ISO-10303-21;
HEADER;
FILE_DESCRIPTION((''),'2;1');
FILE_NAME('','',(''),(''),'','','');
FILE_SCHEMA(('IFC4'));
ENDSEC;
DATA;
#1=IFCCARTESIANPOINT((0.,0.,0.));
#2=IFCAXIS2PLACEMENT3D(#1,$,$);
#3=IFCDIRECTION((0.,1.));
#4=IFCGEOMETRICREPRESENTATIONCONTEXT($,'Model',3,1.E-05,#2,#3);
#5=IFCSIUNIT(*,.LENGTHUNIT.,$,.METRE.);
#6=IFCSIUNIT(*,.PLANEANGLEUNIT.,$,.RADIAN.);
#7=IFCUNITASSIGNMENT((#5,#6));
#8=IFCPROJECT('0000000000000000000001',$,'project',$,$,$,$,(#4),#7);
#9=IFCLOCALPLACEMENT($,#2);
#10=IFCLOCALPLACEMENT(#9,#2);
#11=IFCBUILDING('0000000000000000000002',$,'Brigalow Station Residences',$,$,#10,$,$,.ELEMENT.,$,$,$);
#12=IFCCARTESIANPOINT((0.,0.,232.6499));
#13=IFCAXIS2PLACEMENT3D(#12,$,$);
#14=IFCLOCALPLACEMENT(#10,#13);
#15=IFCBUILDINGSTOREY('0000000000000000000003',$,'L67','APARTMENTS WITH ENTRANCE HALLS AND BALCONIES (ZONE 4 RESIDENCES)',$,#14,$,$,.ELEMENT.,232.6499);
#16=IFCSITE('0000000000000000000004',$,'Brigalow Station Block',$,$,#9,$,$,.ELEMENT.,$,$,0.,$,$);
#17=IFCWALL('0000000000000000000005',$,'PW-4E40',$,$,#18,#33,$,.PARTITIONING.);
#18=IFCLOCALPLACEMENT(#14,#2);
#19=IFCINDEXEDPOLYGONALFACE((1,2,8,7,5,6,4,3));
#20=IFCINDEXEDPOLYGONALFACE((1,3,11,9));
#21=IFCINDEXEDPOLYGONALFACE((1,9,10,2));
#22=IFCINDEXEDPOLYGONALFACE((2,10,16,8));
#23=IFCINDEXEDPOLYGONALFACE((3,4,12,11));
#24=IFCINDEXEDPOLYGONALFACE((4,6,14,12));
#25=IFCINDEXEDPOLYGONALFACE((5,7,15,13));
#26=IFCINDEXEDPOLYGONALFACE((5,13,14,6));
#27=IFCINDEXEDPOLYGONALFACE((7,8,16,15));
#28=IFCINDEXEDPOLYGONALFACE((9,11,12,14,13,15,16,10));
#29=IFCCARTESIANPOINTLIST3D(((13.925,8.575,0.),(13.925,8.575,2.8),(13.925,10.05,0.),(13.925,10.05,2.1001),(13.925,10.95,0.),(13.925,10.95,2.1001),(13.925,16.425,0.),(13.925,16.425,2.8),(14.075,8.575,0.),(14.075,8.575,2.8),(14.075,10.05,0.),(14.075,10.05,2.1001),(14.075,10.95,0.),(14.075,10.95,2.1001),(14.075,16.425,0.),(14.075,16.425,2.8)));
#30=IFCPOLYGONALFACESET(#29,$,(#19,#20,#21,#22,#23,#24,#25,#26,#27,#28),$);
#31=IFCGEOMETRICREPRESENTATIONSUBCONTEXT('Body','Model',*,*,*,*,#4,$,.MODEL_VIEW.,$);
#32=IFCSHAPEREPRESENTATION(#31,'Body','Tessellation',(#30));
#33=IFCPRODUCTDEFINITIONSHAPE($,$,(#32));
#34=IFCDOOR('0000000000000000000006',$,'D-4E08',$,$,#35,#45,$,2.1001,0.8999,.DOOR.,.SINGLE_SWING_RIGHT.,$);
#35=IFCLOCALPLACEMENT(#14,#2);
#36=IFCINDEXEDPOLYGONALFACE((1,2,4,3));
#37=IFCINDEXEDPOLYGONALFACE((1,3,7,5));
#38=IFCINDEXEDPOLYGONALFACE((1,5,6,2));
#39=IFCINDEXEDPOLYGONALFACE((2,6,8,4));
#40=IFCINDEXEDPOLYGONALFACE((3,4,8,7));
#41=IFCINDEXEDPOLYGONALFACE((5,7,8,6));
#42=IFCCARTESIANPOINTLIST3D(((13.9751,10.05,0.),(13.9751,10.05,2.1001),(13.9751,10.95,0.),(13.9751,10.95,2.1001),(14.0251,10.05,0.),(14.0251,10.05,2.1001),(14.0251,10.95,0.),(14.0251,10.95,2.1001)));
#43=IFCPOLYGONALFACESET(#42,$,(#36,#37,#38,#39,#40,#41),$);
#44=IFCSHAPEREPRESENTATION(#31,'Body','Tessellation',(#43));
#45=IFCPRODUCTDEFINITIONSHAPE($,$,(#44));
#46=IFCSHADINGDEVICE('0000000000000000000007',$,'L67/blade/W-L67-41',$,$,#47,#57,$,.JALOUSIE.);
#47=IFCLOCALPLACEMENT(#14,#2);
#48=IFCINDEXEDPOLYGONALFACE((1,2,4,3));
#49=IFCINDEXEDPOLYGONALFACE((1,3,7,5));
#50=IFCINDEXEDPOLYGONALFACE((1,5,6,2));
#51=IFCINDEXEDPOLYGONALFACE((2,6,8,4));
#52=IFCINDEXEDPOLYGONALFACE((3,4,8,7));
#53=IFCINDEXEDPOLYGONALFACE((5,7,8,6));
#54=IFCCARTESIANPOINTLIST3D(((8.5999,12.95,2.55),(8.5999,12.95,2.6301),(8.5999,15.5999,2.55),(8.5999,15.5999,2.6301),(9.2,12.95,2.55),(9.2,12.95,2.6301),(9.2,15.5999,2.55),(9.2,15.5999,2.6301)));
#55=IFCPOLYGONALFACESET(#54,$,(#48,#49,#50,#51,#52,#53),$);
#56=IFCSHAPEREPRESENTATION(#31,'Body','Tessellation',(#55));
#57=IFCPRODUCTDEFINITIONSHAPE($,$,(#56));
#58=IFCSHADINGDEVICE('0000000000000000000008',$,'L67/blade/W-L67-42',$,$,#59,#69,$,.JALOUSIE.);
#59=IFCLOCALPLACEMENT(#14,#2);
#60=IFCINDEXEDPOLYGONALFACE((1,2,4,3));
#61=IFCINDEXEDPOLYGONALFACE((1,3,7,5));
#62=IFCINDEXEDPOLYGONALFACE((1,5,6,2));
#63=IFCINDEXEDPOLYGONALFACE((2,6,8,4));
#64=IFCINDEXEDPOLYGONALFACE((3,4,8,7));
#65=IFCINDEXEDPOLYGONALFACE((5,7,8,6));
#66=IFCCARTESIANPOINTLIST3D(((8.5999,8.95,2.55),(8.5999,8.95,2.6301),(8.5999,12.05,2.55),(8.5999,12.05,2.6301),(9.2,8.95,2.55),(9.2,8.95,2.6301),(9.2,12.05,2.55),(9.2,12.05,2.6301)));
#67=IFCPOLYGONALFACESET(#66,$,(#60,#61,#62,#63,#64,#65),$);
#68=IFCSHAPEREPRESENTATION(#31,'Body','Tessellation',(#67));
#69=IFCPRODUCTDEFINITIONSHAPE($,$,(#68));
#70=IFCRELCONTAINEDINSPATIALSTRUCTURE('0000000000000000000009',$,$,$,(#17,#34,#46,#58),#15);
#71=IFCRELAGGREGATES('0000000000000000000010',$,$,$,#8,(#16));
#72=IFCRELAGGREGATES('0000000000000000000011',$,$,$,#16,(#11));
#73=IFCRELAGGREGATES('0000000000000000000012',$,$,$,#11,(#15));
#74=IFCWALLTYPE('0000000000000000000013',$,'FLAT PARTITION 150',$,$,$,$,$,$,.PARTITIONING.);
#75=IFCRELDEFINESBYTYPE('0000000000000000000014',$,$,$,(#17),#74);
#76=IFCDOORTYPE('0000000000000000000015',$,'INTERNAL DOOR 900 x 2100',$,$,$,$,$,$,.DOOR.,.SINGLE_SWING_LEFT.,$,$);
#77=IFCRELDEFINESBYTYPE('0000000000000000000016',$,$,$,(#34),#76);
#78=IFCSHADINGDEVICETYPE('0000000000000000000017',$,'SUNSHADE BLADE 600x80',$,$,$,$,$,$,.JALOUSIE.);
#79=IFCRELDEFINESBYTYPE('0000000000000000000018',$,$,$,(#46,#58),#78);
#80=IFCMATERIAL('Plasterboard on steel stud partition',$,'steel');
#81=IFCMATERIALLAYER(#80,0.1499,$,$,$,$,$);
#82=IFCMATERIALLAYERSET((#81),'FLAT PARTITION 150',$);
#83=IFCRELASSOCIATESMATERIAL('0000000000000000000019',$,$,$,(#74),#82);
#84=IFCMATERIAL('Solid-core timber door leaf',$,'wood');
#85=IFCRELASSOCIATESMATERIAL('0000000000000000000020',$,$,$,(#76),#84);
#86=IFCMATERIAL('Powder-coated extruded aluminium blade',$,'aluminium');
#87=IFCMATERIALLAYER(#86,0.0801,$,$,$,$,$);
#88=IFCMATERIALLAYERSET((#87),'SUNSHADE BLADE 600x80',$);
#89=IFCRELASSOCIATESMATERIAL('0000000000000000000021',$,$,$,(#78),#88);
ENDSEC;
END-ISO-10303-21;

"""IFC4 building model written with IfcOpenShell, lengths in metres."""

from ifc_helpers import new_model, si_unit, direction, frame, frame_2d, origin, origin_2d, place, context, subcontext, project, spatial, rectangle, extrude, material, layer, layer_set, type_object, element, fill, save


model = new_model("IFC4")

# Units and contexts
model_context = context("Model", 3, precision=1e-05, world=origin(), true_north=direction((0.0, 1.0)))
body_context = subcontext(model_context, "Body", "Model", "MODEL_VIEW")
ifc_project = project(units=[si_unit("LENGTHUNIT", "METRE"), si_unit("PLANEANGLEUNIT", "RADIAN")], contexts=[model_context])

# Site, building, storey
site_placement = place(None, origin())
site = spatial("IfcSite", under=ifc_project, at=site_placement, Name="Brigalow Station Block", CompositionType="ELEMENT", RefElevation=0.0)
building_placement = place(site_placement, origin())
building = spatial("IfcBuilding", under=site, at=building_placement, Name="Brigalow Station Residences", CompositionType="ELEMENT")
storey_placement = place(building_placement, frame((0.0, 0.0, 232.6499)))
storey = spatial("IfcBuildingStorey", under=building, at=storey_placement, Name="L67", Description="APARTMENTS WITH ENTRANCE HALLS AND BALCONIES (ZONE 4 RESIDENCES)", CompositionType="ELEMENT", Elevation=232.6499)

# Shared definitions
ifc_material_1 = material(Name="Plasterboard on steel stud partition", Category="steel")
ifc_layer_1 = layer(ifc_material_1, 0.1499)
ifc_layer_set_1 = layer_set([ifc_layer_1], Name="FLAT PARTITION 150")
wall_type_1 = type_object("IfcWallType", Name="FLAT PARTITION 150", PredefinedType="PARTITIONING", material=ifc_layer_set_1)

# Wall, opening, door
ifc_material_2 = material(Name="Solid-core timber door leaf", Category="wood")
door_type = type_object("IfcDoorType", Name="INTERNAL DOOR 900 x 2100", OperationType="SINGLE_SWING_LEFT", PredefinedType="DOOR", material=ifc_material_2)
wall_1_placement = place(storey_placement, frame((14.0, 8.575, 0.0), z_axis=(0.0, 0.0, 1.0), x_axis=(0.0, 1.0, 0.0)))
wall_1 = element("IfcWall", 1, at=wall_1_placement, inside=storey, type_object=wall_type_1, Name="PW-4E40", PredefinedType="PARTITIONING", context=body_context, shape_type="SweptSolid", body=[
    extrude(rectangle(XDim=7.8501, YDim=0.1499, at=frame_2d((3.925, 0.0))), origin(), (0.0, 0.0, 1.0), 2.8),
])
opening_1_placement = place(wall_1_placement, frame((1.4751, 0.0, 0.0)))
opening_1 = element("IfcOpeningElement", 2, at=opening_1_placement, cuts=wall_1, PredefinedType="OPENING", context=body_context, shape_type="SweptSolid", body=[
    extrude(rectangle(XDim=0.8999, YDim=2.1001, at=frame_2d((0.45, 1.05))), frame((0.0, 0.085, 0.0), z_axis=(0.0, -1.0, 0.0), x_axis=(1.0, 0.0, 0.0)), (0.0, 0.0, 1.0), 0.1699),
])
door_1_placement = place(opening_1_placement, origin())
door_1 = element("IfcDoor", 3, at=door_1_placement, inside=storey, type_object=door_type, Name="D-4E08", OperationType="SINGLE_SWING_RIGHT", OverallHeight=2.1001, OverallWidth=0.8999, PredefinedType="DOOR", context=body_context, shape_type="SweptSolid", body=[
    extrude(rectangle(XDim=0.8999, YDim=2.1001, at=frame_2d((0.45, 1.05))), frame((0.0, 0.0249, 0.0), z_axis=(0.0, -1.0, 0.0), x_axis=(1.0, 0.0, 0.0)), (0.0, 0.0, 1.0), 0.05),
])
fill(opening_1, door_1)

# Shading devices
ifc_material_3 = material(Name="Powder-coated extruded aluminium blade", Category="aluminium")
ifc_layer_2 = layer(ifc_material_3, 0.0801)
ifc_layer_set_2 = layer_set([ifc_layer_2], Name="SUNSHADE BLADE 600x80")
shading_device_type = type_object("IfcShadingDeviceType", Name="SUNSHADE BLADE 600x80", PredefinedType="JALOUSIE", material=ifc_layer_set_2)
shading_device_1_placement = place(storey_placement, frame((8.8999, 14.2749, 2.55), z_axis=(0.0, 0.0, 1.0), x_axis=(0.0, -1.0, 0.0)))
element("IfcShadingDevice", 4, at=shading_device_1_placement, inside=storey, type_object=shading_device_type, Name="L67/blade/W-L67-41", PredefinedType="JALOUSIE", context=body_context, shape_type="SweptSolid", body=[
    extrude(rectangle(XDim=2.6499, YDim=0.6001, at=origin_2d()), origin(), (0.0, 0.0, 1.0), 0.0801),
])
shading_device_2_placement = place(storey_placement, frame((8.8999, 10.5, 2.55), z_axis=(0.0, 0.0, 1.0), x_axis=(0.0, -1.0, 0.0)))
element("IfcShadingDevice", 5, at=shading_device_2_placement, inside=storey, type_object=shading_device_type, Name="L67/blade/W-L67-42", PredefinedType="JALOUSIE", context=body_context, shape_type="SweptSolid", body=[
    extrude(rectangle(XDim=3.1001, YDim=0.6001, at=origin_2d()), origin(), (0.0, 0.0, 1.0), 0.0801),
])

save(model, "model.ifc")
